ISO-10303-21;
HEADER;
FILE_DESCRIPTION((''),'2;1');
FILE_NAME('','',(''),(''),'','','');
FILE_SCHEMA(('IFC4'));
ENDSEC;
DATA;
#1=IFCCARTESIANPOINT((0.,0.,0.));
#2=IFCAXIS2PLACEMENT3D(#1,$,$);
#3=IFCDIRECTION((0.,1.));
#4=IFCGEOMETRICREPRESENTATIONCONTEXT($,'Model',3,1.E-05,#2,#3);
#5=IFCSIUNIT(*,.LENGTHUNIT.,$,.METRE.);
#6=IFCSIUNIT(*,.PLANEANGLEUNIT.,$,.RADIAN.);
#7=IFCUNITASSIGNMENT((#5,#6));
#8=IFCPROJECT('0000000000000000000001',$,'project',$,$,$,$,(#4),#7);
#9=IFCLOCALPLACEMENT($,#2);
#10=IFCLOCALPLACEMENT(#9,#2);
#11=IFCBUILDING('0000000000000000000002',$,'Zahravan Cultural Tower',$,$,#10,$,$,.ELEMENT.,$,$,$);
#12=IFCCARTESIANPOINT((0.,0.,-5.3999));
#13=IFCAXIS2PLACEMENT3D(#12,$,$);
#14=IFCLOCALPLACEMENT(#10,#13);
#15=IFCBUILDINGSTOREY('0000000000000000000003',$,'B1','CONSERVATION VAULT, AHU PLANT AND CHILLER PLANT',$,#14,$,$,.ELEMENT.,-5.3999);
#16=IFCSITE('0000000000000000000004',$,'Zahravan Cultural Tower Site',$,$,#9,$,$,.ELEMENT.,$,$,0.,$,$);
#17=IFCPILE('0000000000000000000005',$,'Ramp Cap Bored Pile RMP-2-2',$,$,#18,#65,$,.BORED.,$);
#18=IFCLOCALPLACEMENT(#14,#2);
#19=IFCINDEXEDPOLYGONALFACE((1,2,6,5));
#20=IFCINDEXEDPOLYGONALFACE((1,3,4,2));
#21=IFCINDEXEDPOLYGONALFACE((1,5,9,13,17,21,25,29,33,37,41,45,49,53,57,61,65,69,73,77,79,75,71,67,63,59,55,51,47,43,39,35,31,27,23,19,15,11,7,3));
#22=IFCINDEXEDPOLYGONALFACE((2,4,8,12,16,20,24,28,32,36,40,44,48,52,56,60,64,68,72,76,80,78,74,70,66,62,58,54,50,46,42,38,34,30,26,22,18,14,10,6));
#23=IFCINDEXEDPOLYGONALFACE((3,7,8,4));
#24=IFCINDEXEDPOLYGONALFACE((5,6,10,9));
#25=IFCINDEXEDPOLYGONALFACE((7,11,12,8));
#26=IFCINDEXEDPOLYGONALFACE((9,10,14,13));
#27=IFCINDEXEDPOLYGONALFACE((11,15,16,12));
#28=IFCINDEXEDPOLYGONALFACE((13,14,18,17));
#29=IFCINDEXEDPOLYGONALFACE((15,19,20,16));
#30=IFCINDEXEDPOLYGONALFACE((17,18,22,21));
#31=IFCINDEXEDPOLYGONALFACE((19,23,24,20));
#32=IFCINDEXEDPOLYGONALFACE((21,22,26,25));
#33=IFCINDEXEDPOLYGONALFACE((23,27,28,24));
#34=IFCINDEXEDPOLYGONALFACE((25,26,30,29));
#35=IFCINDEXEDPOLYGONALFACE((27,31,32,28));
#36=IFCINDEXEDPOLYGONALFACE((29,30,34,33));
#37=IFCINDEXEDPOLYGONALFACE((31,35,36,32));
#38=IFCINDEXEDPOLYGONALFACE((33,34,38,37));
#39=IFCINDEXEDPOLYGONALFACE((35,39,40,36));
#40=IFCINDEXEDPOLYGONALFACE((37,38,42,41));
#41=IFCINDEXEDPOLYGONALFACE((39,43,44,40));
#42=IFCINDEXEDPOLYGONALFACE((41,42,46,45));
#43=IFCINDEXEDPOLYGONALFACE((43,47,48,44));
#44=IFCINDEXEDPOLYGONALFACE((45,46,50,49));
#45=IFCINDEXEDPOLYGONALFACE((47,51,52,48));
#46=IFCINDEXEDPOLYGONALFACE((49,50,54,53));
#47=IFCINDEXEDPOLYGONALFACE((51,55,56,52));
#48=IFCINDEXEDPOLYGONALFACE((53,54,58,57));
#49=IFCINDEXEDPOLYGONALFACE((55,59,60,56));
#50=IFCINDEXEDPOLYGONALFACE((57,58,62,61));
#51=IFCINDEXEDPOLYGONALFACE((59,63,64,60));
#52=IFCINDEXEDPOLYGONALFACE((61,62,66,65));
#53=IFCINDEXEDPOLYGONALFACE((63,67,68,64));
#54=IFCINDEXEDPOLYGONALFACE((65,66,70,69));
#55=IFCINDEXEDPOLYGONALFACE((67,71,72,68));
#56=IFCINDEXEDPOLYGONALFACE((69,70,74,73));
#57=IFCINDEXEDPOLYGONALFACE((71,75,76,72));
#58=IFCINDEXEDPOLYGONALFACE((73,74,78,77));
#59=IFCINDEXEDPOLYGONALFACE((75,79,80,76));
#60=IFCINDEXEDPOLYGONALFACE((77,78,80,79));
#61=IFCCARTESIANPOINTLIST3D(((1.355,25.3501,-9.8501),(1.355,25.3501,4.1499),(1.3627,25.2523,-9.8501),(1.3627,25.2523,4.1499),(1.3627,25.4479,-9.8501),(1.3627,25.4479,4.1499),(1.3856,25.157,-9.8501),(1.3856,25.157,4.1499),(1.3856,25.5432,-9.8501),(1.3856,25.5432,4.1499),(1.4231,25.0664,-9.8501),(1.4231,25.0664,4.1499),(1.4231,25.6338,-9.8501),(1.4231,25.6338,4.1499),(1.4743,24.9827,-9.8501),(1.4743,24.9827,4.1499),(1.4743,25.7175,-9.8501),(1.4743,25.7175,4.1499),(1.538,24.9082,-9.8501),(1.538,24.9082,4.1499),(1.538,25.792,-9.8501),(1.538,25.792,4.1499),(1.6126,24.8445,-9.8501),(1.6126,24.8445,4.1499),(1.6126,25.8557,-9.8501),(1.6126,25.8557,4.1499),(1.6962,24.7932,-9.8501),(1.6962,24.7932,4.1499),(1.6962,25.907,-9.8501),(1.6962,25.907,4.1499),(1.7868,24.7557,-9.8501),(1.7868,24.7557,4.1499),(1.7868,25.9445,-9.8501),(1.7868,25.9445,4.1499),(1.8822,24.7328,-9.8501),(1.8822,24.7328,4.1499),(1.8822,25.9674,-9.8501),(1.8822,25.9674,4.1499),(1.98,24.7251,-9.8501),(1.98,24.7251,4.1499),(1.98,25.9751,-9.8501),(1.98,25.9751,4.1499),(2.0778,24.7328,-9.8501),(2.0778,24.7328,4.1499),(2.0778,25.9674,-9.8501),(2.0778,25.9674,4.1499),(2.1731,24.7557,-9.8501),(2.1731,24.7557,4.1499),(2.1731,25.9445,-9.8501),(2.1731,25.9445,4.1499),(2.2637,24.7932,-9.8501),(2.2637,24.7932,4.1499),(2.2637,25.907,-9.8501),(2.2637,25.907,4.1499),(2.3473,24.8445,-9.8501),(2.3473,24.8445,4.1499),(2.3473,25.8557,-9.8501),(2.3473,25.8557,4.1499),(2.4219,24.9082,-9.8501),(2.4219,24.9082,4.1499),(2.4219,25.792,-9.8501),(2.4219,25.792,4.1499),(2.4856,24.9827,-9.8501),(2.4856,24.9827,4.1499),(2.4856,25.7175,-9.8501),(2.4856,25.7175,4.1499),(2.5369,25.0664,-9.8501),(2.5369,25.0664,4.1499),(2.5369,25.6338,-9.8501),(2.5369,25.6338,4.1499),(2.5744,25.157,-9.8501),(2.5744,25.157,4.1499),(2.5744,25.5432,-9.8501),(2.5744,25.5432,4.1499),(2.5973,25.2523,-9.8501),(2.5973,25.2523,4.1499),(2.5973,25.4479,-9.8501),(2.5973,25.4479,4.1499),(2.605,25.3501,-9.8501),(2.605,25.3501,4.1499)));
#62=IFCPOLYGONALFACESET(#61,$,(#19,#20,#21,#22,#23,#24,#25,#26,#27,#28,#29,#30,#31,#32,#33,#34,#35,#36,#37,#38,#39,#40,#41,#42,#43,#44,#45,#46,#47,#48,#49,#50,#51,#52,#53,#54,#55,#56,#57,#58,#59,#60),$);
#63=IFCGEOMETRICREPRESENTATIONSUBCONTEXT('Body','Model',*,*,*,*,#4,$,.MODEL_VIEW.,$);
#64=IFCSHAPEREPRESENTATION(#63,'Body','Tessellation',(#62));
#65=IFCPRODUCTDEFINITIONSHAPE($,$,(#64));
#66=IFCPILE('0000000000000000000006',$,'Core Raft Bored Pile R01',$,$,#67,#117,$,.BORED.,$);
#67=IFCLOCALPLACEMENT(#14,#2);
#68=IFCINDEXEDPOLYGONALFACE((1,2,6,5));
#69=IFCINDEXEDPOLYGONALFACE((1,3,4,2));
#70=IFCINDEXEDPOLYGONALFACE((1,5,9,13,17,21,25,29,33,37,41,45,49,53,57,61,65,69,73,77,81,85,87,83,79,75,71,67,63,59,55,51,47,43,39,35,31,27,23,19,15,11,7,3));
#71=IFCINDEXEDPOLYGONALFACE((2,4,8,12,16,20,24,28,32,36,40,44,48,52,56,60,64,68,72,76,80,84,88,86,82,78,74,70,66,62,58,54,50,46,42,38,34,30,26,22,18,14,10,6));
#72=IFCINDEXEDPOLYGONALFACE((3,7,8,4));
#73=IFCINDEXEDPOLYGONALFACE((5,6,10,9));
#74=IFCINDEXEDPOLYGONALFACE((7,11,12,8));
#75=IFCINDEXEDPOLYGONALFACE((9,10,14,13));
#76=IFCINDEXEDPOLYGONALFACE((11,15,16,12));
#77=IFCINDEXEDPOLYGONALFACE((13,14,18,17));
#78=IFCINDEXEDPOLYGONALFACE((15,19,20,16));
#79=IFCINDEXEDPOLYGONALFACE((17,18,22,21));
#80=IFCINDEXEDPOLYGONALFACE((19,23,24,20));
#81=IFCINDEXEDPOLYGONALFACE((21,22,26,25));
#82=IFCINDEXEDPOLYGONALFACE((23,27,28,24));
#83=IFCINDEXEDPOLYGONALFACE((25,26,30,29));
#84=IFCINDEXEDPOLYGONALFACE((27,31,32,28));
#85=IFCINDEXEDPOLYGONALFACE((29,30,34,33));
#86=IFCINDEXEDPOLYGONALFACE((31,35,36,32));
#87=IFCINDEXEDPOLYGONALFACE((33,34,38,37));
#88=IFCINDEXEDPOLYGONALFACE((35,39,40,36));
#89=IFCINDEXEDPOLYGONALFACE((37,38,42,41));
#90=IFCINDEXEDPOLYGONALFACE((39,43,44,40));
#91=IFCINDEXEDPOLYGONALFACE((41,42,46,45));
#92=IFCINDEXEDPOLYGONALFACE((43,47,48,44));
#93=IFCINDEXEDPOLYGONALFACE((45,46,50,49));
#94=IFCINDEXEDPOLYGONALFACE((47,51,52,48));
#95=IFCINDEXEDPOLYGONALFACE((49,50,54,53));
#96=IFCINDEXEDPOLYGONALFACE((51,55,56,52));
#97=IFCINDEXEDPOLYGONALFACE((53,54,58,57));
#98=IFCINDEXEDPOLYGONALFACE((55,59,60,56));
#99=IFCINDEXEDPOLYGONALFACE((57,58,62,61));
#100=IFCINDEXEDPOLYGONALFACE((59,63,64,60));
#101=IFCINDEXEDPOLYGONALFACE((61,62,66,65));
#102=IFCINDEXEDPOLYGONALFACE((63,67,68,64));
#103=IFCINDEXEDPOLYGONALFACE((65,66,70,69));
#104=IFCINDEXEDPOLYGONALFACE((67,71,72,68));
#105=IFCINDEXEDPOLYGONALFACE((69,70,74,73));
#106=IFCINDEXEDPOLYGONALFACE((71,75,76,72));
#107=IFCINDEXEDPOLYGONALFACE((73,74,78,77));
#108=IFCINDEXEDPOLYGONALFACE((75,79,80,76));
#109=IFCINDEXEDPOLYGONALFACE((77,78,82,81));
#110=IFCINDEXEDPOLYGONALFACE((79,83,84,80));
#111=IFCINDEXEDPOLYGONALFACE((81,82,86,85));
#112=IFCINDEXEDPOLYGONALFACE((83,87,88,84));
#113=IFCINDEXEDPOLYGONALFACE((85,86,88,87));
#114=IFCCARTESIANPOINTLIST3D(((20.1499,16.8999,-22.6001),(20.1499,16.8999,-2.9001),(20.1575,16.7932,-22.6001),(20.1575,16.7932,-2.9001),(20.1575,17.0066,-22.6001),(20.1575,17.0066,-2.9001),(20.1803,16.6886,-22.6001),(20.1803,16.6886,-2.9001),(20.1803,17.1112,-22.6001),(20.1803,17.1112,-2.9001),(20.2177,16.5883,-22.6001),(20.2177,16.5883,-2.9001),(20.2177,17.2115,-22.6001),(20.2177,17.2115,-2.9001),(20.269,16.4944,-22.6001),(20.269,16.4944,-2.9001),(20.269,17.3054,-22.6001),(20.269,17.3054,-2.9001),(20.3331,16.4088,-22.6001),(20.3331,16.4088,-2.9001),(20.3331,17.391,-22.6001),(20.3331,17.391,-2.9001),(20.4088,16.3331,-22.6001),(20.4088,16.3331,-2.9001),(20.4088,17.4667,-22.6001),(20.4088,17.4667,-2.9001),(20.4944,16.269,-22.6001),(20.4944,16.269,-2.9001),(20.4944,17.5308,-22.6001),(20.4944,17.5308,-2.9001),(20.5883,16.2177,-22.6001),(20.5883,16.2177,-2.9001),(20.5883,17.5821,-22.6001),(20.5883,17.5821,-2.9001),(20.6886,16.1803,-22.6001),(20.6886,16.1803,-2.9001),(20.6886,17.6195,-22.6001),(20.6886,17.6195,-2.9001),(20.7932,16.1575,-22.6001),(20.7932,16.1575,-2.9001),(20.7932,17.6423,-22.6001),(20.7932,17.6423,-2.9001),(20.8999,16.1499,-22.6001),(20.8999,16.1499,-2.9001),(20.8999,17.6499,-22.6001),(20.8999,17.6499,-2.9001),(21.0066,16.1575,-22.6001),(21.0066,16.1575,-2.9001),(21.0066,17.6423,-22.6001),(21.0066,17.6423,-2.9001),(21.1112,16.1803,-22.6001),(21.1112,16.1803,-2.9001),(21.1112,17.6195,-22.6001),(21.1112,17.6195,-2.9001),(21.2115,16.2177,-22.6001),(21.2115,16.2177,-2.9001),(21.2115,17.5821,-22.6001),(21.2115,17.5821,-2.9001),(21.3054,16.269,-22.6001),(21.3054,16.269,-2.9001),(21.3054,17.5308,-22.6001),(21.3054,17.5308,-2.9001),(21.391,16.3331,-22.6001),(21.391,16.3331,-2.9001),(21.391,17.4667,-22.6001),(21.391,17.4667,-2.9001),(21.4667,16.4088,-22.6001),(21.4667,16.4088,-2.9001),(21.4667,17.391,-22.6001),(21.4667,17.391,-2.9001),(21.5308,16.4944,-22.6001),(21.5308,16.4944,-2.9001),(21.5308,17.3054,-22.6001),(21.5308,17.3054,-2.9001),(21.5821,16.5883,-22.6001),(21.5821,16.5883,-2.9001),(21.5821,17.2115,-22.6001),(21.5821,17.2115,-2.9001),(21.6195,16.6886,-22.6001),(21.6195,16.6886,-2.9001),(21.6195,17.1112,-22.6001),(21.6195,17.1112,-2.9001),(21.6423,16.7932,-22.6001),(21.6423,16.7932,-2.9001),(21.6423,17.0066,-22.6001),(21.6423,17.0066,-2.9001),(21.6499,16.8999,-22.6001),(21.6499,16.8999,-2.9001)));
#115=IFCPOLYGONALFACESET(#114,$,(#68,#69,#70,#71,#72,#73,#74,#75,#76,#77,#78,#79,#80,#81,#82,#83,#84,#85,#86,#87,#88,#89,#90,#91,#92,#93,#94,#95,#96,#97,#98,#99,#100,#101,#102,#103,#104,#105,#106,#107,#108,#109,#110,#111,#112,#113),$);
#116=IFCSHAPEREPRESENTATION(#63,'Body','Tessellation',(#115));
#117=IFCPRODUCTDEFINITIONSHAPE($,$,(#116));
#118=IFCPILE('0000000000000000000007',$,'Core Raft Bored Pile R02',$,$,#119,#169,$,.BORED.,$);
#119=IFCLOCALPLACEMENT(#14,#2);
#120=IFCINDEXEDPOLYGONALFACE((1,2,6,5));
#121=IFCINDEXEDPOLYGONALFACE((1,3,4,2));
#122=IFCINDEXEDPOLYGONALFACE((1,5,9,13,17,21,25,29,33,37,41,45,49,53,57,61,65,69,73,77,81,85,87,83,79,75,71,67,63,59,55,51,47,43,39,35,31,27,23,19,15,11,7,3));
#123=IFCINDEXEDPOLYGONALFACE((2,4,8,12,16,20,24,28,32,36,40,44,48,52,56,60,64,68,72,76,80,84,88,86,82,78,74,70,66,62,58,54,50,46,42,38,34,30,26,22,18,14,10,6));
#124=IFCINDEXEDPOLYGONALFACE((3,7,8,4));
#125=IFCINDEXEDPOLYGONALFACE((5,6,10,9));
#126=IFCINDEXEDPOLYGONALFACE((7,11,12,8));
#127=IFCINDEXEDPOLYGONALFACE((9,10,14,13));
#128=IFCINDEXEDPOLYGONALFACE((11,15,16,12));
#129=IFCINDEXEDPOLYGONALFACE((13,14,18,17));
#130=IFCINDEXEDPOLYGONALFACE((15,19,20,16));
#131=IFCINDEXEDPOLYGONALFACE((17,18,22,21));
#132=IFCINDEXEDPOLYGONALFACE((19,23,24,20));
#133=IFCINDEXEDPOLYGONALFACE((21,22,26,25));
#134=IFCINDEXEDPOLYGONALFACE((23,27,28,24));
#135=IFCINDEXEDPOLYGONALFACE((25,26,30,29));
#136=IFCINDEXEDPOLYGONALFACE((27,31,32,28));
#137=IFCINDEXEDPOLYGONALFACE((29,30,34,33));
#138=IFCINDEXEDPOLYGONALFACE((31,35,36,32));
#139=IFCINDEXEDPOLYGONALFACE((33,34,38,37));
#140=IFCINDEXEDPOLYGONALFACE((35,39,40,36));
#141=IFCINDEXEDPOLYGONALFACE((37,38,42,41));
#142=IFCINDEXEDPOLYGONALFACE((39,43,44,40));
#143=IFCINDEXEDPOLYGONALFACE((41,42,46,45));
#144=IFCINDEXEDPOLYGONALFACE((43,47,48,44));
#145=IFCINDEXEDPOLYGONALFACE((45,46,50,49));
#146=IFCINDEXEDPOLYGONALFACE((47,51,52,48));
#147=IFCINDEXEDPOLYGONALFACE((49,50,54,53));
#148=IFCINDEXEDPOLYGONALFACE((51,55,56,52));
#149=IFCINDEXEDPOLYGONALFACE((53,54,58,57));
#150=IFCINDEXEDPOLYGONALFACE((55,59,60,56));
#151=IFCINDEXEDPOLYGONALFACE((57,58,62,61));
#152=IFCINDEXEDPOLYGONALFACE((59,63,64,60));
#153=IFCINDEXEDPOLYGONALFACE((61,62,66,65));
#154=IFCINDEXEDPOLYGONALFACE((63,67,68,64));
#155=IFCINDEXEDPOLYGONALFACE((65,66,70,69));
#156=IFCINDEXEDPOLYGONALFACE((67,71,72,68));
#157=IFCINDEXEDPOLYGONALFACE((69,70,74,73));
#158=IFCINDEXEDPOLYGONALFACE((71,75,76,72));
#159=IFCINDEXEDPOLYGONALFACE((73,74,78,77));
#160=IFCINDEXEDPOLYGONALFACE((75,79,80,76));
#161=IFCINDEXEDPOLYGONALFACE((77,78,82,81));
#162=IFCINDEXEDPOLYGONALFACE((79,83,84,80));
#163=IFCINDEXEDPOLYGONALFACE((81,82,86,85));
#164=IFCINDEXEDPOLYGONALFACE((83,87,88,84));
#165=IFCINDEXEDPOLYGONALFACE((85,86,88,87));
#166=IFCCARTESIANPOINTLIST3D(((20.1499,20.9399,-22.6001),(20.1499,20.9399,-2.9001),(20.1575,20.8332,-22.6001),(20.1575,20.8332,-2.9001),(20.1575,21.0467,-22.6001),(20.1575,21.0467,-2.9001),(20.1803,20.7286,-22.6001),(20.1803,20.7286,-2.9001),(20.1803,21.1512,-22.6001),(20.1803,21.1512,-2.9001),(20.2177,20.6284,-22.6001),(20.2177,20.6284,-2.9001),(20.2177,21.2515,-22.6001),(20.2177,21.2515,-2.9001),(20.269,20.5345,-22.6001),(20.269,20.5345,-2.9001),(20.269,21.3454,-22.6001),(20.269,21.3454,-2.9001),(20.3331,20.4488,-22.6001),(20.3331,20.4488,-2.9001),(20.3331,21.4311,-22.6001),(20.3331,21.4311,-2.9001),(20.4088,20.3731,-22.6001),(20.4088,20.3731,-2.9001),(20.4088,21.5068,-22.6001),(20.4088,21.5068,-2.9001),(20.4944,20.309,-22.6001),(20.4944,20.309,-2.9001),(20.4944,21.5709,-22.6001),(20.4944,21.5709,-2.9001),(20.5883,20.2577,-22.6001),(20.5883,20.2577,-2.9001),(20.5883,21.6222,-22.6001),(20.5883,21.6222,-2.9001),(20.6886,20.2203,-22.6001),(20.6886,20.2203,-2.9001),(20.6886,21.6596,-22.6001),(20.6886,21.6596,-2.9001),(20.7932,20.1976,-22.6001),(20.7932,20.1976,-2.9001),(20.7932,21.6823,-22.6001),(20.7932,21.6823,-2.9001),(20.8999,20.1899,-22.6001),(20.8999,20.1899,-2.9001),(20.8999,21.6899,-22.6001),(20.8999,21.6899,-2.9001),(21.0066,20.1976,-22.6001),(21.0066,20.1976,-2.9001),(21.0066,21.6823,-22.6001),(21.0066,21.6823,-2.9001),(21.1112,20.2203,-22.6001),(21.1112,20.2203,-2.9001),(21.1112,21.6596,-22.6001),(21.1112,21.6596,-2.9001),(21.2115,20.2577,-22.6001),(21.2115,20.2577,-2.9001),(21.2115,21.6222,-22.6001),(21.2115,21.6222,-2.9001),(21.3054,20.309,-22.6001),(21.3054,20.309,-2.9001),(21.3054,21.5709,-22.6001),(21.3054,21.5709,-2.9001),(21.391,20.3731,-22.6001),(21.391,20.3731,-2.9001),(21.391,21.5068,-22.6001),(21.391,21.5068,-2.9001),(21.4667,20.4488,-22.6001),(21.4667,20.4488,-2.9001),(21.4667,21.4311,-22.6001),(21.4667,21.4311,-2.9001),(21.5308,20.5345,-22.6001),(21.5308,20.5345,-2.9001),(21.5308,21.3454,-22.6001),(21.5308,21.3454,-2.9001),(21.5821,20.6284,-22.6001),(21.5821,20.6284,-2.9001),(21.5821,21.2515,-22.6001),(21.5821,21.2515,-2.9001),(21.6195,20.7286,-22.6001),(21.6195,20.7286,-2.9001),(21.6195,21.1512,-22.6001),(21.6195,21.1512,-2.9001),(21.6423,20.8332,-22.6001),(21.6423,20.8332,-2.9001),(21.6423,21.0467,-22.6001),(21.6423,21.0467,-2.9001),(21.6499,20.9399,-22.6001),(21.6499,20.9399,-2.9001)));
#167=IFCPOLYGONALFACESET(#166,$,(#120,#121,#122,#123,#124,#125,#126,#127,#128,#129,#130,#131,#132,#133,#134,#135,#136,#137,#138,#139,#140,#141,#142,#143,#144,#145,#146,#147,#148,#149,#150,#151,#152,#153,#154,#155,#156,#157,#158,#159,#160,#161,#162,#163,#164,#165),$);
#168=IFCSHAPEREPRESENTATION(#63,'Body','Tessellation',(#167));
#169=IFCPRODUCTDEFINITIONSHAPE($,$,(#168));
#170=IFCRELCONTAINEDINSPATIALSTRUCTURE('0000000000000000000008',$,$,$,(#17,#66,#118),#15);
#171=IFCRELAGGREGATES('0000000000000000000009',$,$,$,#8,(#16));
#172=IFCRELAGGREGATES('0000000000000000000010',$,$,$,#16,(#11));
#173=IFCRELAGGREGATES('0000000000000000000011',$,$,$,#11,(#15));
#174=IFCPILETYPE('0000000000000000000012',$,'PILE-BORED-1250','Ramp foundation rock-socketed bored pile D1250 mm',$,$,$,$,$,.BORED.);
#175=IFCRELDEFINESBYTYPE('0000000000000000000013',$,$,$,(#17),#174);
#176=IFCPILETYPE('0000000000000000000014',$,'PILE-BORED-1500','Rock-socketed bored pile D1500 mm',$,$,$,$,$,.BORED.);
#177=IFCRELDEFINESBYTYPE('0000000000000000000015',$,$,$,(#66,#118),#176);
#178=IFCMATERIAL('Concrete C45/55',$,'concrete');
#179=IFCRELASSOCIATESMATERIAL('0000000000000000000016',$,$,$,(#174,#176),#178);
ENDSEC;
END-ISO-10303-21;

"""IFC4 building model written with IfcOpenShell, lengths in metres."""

from ifc_helpers import new_model, si_unit, direction, frame, origin, origin_2d, place, context, subcontext, project, spatial, circle, extrude, material, material_profile, profile_set, type_object, element, save


model = new_model("IFC4")

# Units and contexts
model_context = context("Model", 3, precision=1e-05, world=origin(), true_north=direction((0.0, 1.0)))
body_context = subcontext(model_context, "Body", "Model", "MODEL_VIEW")
ifc_project = project(units=[si_unit("LENGTHUNIT", "METRE"), si_unit("PLANEANGLEUNIT", "RADIAN")], contexts=[model_context])

# Site, building, storey
site_placement = place(None, origin())
site = spatial("IfcSite", under=ifc_project, at=site_placement, Name="Zahravan Cultural Tower Site", CompositionType="ELEMENT", RefElevation=0.0)
building_placement = place(site_placement, origin())
building = spatial("IfcBuilding", under=site, at=building_placement, Name="Zahravan Cultural Tower", CompositionType="ELEMENT")
storey_placement = place(building_placement, frame((0.0, 0.0, -5.3999)))
storey = spatial("IfcBuildingStorey", under=building, at=storey_placement, Name="B1", Description="CONSERVATION VAULT, AHU PLANT AND CHILLER PLANT", CompositionType="ELEMENT", Elevation=-5.3999)

# Piles
ifc_material_1 = material(Name="Concrete C45/55", Category="concrete")
ifc_material_profile_1 = material_profile(ifc_material_1, circle(Radius=0.625, at=origin_2d()), Name="PILE-D1250")
ifc_profile_set_1 = profile_set([ifc_material_profile_1], Name="Concrete C45/55")
pile_type_1 = type_object("IfcPileType", Name="PILE-BORED-1250", Description="Ramp foundation rock-socketed bored pile D1250 mm", PredefinedType="BORED", material=ifc_profile_set_1)
for number, where, z_axis, x_axis, name in (
    (1, (1.98, 25.3501, 4.1499), (0.0, 0.0, -1.0), (1.0, 0.0, 0.0), "Ramp Cap Bored Pile RMP-2-2"),
):
    element("IfcPile", number, at=place(storey_placement, frame(where, z_axis=z_axis, x_axis=x_axis)), inside=storey, type_object=pile_type_1, Name=name, PredefinedType="BORED", context=body_context, shape_type="SweptSolid", body=[
        extrude(circle(Radius=0.625, at=origin_2d()), origin(), (0.0, 0.0, 1.0), 14.0),
    ])
ifc_material_profile_2 = material_profile(ifc_material_1, circle(Radius=0.75, at=origin_2d()), Name="PILE-D1500")
ifc_profile_set_2 = profile_set([ifc_material_profile_2], Name="Concrete C45/55")
pile_type_2 = type_object("IfcPileType", Name="PILE-BORED-1500", Description="Rock-socketed bored pile D1500 mm", PredefinedType="BORED", material=ifc_profile_set_2)
for number, where, z_axis, x_axis, name in (
    (2, (20.8999, 16.8999, -2.9001), (0.0, 0.0, -1.0), (1.0, 0.0, 0.0), "Core Raft Bored Pile R01"),
    (3, (20.8999, 20.9399, -2.9001), (0.0, 0.0, -1.0), (1.0, 0.0, 0.0), "Core Raft Bored Pile R02"),
):
    element("IfcPile", number, at=place(storey_placement, frame(where, z_axis=z_axis, x_axis=x_axis)), inside=storey, type_object=pile_type_2, Name=name, PredefinedType="BORED", context=body_context, shape_type="SweptSolid", body=[
        extrude(circle(Radius=0.75, at=origin_2d()), origin(), (0.0, 0.0, 1.0), 19.7),
    ])

save(model, "model.ifc")
